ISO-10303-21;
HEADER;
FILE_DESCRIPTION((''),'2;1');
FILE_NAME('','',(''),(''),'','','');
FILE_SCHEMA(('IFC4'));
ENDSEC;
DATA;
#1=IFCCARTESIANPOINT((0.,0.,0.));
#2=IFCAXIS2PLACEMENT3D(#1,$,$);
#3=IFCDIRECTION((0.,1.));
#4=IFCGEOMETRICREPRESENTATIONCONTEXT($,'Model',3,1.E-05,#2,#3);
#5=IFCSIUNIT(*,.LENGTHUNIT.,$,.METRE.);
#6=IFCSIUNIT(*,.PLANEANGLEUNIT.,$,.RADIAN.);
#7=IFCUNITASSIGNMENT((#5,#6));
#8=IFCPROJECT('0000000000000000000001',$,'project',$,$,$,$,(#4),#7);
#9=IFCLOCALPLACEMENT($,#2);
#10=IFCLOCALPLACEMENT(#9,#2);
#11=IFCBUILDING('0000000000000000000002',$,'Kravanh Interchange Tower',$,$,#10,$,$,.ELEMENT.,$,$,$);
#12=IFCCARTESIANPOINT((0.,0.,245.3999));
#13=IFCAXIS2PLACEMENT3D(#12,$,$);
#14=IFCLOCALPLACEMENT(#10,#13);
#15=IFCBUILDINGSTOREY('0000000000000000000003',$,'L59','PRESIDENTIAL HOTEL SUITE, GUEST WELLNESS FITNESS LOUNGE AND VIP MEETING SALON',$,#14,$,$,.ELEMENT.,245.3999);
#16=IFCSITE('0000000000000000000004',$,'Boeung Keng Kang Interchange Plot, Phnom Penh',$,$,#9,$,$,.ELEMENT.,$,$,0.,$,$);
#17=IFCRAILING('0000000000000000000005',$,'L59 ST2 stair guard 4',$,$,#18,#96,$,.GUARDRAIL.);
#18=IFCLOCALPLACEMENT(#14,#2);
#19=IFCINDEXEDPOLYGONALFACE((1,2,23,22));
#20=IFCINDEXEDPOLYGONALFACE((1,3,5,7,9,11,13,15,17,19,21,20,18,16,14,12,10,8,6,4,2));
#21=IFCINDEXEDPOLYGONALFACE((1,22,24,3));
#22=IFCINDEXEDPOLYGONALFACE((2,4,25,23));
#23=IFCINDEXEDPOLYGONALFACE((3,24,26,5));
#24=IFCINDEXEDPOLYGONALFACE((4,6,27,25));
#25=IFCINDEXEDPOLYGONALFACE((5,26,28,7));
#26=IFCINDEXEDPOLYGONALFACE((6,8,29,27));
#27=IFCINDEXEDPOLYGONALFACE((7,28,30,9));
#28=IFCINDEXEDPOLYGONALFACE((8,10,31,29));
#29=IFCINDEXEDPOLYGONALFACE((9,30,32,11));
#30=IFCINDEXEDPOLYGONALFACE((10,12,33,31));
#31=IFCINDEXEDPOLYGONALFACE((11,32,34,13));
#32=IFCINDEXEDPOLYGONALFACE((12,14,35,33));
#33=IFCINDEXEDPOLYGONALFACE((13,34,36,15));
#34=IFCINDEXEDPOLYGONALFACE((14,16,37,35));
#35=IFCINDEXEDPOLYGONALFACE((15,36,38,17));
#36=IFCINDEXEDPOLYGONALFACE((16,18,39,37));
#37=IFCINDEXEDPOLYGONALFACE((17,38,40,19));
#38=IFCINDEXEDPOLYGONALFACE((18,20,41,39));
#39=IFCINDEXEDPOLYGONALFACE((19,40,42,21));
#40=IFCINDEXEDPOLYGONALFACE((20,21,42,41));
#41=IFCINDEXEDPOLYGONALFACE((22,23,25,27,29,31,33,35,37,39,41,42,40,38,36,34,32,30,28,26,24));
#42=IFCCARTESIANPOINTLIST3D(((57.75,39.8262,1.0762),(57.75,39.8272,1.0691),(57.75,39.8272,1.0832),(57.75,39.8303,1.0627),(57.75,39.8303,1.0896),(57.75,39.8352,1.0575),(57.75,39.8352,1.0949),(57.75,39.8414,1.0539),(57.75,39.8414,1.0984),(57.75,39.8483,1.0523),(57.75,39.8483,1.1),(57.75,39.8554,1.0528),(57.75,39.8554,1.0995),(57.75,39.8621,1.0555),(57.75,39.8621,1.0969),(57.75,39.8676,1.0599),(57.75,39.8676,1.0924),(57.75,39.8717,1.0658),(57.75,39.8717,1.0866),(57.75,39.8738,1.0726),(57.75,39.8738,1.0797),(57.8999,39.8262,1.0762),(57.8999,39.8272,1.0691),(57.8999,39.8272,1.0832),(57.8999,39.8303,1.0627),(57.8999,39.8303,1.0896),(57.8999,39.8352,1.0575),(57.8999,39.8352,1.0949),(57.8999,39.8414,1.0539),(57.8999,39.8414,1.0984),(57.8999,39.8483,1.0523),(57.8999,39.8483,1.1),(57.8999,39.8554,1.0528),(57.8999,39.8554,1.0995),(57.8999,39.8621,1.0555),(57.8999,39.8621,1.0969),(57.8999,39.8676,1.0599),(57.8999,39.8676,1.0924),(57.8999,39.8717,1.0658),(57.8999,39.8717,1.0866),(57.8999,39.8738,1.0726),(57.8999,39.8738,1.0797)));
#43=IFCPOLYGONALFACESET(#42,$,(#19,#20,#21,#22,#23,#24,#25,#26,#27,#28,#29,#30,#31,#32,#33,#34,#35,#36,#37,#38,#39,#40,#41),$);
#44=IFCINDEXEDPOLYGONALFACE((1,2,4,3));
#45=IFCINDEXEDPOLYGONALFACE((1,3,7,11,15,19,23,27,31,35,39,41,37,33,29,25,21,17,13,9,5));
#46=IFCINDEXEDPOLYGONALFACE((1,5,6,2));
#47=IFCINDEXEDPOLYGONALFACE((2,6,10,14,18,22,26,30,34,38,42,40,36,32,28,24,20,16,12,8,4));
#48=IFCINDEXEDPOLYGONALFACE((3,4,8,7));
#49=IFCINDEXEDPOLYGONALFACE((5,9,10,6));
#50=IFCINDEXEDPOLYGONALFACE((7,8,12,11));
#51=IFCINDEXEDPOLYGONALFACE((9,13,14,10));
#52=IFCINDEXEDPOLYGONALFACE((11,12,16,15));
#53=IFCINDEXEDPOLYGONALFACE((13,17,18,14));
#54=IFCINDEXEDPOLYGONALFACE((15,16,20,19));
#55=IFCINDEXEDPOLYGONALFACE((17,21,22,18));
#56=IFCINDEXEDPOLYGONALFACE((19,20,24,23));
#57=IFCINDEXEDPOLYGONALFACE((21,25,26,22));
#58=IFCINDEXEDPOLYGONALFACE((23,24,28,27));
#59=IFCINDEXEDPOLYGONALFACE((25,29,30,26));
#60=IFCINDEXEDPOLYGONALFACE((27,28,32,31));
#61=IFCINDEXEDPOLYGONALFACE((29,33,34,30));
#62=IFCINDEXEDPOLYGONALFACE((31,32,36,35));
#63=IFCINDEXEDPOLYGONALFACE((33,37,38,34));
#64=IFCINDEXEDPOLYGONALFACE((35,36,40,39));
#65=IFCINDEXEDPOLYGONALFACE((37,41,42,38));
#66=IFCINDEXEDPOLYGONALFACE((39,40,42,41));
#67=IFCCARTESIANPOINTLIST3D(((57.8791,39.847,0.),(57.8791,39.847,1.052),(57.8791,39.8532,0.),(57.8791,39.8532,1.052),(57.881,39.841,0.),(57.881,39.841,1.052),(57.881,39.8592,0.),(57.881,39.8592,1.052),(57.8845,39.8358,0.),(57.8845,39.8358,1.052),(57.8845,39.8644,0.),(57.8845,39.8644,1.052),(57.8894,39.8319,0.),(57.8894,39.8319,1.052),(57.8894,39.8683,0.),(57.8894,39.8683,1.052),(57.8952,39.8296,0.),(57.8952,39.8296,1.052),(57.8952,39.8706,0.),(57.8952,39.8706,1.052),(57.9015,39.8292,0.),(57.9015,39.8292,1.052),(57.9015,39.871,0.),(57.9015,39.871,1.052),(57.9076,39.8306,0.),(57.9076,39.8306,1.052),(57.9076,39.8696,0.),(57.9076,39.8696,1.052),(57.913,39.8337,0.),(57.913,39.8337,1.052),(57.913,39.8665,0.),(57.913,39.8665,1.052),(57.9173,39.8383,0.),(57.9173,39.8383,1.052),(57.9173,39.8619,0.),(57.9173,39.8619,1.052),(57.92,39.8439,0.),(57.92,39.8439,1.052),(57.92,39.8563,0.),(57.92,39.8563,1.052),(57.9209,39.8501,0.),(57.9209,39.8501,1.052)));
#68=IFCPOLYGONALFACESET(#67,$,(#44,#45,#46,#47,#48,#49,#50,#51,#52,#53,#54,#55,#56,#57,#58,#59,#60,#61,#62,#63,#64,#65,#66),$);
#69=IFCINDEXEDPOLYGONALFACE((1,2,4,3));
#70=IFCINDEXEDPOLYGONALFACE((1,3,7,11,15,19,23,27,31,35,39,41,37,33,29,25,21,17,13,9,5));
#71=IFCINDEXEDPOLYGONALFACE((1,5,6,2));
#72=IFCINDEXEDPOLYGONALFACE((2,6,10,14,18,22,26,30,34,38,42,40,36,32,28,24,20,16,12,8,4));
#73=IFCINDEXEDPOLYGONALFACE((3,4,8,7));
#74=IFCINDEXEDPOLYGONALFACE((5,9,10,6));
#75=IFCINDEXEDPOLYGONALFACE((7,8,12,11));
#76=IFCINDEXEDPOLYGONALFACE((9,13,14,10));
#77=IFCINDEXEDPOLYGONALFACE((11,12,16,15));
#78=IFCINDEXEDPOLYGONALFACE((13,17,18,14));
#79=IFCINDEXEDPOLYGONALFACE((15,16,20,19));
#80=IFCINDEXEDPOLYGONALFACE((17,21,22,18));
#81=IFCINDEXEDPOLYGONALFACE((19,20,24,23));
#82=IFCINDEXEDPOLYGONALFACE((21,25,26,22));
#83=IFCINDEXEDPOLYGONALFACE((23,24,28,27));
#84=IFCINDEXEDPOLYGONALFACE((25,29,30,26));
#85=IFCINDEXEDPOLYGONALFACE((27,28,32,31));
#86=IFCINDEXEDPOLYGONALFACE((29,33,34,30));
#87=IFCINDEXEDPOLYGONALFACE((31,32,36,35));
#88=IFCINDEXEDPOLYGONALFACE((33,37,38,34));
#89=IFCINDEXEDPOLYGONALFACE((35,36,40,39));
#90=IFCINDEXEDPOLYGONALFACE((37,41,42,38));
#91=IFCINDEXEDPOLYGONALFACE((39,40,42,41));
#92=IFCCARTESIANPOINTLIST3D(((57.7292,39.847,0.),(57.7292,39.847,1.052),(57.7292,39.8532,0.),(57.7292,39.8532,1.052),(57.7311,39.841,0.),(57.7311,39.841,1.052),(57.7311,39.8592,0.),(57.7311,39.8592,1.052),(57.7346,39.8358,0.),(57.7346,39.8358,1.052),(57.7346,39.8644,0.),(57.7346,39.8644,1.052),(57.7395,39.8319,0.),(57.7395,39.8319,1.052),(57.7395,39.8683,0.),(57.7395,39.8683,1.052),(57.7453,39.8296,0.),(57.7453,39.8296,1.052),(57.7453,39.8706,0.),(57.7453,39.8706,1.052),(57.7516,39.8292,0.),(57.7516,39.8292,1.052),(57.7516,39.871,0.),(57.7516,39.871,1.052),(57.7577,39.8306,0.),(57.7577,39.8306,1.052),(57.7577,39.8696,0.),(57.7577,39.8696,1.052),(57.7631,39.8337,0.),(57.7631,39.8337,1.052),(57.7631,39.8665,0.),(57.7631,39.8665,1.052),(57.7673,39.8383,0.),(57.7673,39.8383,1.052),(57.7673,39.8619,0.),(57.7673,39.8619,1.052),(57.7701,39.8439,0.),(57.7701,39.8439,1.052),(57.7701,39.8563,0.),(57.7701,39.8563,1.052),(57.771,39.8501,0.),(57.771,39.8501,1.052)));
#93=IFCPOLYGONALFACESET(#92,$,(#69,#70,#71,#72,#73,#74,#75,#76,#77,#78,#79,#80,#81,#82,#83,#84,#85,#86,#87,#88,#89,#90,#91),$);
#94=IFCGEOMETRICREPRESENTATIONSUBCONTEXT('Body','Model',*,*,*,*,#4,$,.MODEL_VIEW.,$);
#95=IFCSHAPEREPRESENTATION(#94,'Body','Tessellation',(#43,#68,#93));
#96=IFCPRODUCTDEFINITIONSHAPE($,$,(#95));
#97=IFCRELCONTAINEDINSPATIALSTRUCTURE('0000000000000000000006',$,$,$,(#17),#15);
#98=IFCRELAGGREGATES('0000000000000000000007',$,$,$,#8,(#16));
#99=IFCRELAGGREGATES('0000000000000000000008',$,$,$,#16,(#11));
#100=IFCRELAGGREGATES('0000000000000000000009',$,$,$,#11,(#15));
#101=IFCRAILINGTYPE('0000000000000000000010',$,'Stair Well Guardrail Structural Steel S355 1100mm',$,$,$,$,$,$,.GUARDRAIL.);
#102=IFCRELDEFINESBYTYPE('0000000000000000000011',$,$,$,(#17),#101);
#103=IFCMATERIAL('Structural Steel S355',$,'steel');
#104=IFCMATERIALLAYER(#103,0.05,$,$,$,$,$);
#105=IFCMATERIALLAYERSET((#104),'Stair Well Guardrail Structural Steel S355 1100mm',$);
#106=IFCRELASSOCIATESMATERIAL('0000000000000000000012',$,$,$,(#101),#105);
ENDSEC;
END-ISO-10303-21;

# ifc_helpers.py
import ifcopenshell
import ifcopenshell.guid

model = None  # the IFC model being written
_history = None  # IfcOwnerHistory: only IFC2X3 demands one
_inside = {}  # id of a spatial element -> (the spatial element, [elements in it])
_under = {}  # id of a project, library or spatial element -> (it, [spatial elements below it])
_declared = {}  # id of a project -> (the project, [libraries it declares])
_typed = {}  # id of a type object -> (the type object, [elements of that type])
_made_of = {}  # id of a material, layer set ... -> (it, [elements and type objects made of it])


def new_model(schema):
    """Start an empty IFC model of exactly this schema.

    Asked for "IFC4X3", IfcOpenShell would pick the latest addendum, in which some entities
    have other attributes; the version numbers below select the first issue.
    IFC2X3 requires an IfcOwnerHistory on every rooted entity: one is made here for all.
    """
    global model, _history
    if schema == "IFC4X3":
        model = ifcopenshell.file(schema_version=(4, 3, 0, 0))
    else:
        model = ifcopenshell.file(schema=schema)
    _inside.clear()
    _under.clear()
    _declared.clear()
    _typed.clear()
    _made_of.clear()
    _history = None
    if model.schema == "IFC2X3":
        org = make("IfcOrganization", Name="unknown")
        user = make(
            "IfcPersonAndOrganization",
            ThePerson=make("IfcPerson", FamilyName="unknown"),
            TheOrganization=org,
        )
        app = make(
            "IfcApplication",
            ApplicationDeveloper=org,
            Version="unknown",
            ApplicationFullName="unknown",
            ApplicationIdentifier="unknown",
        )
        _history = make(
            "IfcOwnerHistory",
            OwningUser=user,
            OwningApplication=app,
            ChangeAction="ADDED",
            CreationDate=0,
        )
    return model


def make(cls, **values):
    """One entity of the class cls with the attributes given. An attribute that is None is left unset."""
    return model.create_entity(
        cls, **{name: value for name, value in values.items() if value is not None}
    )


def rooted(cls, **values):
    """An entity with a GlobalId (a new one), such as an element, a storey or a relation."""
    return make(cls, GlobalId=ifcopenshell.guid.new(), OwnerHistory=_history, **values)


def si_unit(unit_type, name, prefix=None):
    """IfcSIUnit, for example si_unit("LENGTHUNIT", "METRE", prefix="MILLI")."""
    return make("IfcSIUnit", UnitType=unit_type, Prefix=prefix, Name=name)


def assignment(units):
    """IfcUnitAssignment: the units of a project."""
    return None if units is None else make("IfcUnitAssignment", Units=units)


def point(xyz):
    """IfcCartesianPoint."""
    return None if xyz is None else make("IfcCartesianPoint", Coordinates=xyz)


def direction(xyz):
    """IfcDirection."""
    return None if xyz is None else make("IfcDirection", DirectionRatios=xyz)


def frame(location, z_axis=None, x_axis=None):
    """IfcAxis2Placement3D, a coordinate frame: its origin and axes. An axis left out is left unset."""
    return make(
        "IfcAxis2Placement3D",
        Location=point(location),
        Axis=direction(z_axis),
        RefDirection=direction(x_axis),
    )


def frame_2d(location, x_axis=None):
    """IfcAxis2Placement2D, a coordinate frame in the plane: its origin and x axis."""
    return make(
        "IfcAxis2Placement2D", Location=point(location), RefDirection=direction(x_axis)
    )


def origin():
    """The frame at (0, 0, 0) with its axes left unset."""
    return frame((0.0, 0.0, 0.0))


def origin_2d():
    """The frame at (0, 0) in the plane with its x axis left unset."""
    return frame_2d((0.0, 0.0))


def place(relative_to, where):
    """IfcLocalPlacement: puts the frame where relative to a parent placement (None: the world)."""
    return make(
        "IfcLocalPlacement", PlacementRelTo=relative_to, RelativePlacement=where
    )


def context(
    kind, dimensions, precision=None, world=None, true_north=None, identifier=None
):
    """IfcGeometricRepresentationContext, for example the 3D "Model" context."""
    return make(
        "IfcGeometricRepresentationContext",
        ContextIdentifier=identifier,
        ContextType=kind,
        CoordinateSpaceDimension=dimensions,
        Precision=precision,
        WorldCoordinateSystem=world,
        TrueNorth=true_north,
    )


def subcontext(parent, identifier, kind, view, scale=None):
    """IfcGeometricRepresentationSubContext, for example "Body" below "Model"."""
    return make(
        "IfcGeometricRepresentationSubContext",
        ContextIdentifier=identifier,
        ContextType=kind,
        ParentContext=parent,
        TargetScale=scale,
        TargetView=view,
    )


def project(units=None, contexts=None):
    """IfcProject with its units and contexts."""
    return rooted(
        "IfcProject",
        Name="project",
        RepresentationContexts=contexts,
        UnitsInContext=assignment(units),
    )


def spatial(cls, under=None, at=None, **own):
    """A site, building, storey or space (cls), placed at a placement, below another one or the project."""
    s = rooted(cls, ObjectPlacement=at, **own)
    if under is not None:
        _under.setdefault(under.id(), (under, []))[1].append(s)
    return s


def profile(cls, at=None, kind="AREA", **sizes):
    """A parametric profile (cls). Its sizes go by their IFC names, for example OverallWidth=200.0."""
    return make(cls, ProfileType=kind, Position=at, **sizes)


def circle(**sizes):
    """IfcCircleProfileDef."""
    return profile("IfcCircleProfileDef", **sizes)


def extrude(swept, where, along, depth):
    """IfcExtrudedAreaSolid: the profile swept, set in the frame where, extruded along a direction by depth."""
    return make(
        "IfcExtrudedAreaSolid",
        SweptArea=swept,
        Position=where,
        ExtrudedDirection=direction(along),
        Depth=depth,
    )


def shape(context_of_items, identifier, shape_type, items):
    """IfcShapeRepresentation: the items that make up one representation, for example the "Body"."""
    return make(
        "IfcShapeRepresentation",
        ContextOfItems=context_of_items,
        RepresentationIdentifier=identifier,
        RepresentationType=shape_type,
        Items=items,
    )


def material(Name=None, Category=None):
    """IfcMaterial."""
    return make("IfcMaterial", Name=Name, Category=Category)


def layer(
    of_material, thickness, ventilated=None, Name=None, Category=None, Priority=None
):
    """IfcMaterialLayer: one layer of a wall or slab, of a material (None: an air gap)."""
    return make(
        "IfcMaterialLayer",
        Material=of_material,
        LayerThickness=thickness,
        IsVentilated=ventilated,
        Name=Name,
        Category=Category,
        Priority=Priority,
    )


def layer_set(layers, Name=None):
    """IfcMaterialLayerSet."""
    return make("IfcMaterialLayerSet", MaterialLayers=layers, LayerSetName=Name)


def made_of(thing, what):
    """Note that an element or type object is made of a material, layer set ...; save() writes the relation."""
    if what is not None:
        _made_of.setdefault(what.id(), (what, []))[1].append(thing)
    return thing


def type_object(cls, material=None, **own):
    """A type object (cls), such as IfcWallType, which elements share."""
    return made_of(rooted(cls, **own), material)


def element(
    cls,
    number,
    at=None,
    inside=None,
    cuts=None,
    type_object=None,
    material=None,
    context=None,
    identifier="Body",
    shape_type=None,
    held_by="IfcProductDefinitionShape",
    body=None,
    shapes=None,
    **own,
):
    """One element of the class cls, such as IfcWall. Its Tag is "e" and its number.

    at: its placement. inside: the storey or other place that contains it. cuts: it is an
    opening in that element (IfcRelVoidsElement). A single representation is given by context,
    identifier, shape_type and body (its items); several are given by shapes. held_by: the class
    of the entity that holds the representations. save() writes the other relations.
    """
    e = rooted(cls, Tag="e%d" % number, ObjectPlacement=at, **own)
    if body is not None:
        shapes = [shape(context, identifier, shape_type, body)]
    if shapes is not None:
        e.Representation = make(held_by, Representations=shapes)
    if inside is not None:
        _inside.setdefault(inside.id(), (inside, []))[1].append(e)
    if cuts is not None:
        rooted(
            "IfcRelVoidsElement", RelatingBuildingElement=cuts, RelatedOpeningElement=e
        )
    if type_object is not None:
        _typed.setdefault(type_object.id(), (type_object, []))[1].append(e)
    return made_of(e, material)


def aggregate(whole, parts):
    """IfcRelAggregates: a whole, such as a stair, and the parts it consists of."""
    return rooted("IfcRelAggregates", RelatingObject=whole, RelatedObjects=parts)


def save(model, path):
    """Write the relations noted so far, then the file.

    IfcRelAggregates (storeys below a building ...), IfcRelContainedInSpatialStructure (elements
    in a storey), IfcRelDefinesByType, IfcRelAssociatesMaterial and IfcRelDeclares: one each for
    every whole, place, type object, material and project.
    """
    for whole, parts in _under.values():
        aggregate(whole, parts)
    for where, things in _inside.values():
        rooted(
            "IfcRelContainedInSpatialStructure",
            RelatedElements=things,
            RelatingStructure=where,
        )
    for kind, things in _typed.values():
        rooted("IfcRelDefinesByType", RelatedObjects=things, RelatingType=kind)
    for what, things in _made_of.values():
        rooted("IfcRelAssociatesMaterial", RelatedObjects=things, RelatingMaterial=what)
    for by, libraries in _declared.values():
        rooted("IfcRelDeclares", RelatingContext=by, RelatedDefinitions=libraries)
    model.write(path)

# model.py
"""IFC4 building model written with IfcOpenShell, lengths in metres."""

from ifc_helpers import new_model, si_unit, direction, frame, origin, origin_2d, place, context, subcontext, project, spatial, circle, extrude, material, layer, layer_set, type_object, element, save


model = new_model("IFC4")

# Units and contexts
model_context = context("Model", 3, precision=1e-05, world=origin(), true_north=direction((0.0, 1.0)))
body_context = subcontext(model_context, "Body", "Model", "MODEL_VIEW")
ifc_project = project(units=[si_unit("LENGTHUNIT", "METRE"), si_unit("PLANEANGLEUNIT", "RADIAN")], contexts=[model_context])

# Site, building, storey
site_placement = place(None, origin())
site = spatial("IfcSite", under=ifc_project, at=site_placement, Name="Boeung Keng Kang Interchange Plot, Phnom Penh", CompositionType="ELEMENT", RefElevation=0.0)
building_placement = place(site_placement, origin())
building = spatial("IfcBuilding", under=site, at=building_placement, Name="Kravanh Interchange Tower", CompositionType="ELEMENT")
storey_placement = place(building_placement, frame((0.0, 0.0, 245.3999)))
storey = spatial("IfcBuildingStorey", under=building, at=storey_placement, Name="L59", Description="PRESIDENTIAL HOTEL SUITE, GUEST WELLNESS FITNESS LOUNGE AND VIP MEETING SALON", CompositionType="ELEMENT", Elevation=245.3999)

# Railing
ifc_material_1 = material(Name="Structural Steel S355", Category="steel")
ifc_layer_1 = layer(ifc_material_1, 0.05)
ifc_layer_set_1 = layer_set([ifc_layer_1], Name="Stair Well Guardrail Structural Steel S355 1100mm")
railing_type_1 = type_object("IfcRailingType", Name="Stair Well Guardrail Structural Steel S355 1100mm", PredefinedType="GUARDRAIL", material=ifc_layer_set_1)
railing_1_placement = place(storey_placement, frame((57.8999, 39.8501, 0.0)))
element("IfcRailing", 1, at=railing_1_placement, inside=storey, type_object=railing_type_1, Name="L59 ST2 stair guard 4", PredefinedType="GUARDRAIL", context=body_context, shape_type="SweptSolid", body=[
    extrude(circle(Radius=0.0239, at=origin_2d()), frame((0.0, 0.0, 1.0762), z_axis=(-1.0, 0.0, 0.0), x_axis=(0.0, -1.0, 0.0)), (0.0, 0.0, 1.0), 0.1499),
    extrude(circle(Radius=0.021, at=origin_2d()), origin(), (0.0, 0.0, 1.0), 1.052),
    extrude(circle(Radius=0.021, at=origin_2d()), frame((-0.1499, 0.0, 0.0)), (0.0, 0.0, 1.0), 1.052),
])

save(model, "model.ifc")
